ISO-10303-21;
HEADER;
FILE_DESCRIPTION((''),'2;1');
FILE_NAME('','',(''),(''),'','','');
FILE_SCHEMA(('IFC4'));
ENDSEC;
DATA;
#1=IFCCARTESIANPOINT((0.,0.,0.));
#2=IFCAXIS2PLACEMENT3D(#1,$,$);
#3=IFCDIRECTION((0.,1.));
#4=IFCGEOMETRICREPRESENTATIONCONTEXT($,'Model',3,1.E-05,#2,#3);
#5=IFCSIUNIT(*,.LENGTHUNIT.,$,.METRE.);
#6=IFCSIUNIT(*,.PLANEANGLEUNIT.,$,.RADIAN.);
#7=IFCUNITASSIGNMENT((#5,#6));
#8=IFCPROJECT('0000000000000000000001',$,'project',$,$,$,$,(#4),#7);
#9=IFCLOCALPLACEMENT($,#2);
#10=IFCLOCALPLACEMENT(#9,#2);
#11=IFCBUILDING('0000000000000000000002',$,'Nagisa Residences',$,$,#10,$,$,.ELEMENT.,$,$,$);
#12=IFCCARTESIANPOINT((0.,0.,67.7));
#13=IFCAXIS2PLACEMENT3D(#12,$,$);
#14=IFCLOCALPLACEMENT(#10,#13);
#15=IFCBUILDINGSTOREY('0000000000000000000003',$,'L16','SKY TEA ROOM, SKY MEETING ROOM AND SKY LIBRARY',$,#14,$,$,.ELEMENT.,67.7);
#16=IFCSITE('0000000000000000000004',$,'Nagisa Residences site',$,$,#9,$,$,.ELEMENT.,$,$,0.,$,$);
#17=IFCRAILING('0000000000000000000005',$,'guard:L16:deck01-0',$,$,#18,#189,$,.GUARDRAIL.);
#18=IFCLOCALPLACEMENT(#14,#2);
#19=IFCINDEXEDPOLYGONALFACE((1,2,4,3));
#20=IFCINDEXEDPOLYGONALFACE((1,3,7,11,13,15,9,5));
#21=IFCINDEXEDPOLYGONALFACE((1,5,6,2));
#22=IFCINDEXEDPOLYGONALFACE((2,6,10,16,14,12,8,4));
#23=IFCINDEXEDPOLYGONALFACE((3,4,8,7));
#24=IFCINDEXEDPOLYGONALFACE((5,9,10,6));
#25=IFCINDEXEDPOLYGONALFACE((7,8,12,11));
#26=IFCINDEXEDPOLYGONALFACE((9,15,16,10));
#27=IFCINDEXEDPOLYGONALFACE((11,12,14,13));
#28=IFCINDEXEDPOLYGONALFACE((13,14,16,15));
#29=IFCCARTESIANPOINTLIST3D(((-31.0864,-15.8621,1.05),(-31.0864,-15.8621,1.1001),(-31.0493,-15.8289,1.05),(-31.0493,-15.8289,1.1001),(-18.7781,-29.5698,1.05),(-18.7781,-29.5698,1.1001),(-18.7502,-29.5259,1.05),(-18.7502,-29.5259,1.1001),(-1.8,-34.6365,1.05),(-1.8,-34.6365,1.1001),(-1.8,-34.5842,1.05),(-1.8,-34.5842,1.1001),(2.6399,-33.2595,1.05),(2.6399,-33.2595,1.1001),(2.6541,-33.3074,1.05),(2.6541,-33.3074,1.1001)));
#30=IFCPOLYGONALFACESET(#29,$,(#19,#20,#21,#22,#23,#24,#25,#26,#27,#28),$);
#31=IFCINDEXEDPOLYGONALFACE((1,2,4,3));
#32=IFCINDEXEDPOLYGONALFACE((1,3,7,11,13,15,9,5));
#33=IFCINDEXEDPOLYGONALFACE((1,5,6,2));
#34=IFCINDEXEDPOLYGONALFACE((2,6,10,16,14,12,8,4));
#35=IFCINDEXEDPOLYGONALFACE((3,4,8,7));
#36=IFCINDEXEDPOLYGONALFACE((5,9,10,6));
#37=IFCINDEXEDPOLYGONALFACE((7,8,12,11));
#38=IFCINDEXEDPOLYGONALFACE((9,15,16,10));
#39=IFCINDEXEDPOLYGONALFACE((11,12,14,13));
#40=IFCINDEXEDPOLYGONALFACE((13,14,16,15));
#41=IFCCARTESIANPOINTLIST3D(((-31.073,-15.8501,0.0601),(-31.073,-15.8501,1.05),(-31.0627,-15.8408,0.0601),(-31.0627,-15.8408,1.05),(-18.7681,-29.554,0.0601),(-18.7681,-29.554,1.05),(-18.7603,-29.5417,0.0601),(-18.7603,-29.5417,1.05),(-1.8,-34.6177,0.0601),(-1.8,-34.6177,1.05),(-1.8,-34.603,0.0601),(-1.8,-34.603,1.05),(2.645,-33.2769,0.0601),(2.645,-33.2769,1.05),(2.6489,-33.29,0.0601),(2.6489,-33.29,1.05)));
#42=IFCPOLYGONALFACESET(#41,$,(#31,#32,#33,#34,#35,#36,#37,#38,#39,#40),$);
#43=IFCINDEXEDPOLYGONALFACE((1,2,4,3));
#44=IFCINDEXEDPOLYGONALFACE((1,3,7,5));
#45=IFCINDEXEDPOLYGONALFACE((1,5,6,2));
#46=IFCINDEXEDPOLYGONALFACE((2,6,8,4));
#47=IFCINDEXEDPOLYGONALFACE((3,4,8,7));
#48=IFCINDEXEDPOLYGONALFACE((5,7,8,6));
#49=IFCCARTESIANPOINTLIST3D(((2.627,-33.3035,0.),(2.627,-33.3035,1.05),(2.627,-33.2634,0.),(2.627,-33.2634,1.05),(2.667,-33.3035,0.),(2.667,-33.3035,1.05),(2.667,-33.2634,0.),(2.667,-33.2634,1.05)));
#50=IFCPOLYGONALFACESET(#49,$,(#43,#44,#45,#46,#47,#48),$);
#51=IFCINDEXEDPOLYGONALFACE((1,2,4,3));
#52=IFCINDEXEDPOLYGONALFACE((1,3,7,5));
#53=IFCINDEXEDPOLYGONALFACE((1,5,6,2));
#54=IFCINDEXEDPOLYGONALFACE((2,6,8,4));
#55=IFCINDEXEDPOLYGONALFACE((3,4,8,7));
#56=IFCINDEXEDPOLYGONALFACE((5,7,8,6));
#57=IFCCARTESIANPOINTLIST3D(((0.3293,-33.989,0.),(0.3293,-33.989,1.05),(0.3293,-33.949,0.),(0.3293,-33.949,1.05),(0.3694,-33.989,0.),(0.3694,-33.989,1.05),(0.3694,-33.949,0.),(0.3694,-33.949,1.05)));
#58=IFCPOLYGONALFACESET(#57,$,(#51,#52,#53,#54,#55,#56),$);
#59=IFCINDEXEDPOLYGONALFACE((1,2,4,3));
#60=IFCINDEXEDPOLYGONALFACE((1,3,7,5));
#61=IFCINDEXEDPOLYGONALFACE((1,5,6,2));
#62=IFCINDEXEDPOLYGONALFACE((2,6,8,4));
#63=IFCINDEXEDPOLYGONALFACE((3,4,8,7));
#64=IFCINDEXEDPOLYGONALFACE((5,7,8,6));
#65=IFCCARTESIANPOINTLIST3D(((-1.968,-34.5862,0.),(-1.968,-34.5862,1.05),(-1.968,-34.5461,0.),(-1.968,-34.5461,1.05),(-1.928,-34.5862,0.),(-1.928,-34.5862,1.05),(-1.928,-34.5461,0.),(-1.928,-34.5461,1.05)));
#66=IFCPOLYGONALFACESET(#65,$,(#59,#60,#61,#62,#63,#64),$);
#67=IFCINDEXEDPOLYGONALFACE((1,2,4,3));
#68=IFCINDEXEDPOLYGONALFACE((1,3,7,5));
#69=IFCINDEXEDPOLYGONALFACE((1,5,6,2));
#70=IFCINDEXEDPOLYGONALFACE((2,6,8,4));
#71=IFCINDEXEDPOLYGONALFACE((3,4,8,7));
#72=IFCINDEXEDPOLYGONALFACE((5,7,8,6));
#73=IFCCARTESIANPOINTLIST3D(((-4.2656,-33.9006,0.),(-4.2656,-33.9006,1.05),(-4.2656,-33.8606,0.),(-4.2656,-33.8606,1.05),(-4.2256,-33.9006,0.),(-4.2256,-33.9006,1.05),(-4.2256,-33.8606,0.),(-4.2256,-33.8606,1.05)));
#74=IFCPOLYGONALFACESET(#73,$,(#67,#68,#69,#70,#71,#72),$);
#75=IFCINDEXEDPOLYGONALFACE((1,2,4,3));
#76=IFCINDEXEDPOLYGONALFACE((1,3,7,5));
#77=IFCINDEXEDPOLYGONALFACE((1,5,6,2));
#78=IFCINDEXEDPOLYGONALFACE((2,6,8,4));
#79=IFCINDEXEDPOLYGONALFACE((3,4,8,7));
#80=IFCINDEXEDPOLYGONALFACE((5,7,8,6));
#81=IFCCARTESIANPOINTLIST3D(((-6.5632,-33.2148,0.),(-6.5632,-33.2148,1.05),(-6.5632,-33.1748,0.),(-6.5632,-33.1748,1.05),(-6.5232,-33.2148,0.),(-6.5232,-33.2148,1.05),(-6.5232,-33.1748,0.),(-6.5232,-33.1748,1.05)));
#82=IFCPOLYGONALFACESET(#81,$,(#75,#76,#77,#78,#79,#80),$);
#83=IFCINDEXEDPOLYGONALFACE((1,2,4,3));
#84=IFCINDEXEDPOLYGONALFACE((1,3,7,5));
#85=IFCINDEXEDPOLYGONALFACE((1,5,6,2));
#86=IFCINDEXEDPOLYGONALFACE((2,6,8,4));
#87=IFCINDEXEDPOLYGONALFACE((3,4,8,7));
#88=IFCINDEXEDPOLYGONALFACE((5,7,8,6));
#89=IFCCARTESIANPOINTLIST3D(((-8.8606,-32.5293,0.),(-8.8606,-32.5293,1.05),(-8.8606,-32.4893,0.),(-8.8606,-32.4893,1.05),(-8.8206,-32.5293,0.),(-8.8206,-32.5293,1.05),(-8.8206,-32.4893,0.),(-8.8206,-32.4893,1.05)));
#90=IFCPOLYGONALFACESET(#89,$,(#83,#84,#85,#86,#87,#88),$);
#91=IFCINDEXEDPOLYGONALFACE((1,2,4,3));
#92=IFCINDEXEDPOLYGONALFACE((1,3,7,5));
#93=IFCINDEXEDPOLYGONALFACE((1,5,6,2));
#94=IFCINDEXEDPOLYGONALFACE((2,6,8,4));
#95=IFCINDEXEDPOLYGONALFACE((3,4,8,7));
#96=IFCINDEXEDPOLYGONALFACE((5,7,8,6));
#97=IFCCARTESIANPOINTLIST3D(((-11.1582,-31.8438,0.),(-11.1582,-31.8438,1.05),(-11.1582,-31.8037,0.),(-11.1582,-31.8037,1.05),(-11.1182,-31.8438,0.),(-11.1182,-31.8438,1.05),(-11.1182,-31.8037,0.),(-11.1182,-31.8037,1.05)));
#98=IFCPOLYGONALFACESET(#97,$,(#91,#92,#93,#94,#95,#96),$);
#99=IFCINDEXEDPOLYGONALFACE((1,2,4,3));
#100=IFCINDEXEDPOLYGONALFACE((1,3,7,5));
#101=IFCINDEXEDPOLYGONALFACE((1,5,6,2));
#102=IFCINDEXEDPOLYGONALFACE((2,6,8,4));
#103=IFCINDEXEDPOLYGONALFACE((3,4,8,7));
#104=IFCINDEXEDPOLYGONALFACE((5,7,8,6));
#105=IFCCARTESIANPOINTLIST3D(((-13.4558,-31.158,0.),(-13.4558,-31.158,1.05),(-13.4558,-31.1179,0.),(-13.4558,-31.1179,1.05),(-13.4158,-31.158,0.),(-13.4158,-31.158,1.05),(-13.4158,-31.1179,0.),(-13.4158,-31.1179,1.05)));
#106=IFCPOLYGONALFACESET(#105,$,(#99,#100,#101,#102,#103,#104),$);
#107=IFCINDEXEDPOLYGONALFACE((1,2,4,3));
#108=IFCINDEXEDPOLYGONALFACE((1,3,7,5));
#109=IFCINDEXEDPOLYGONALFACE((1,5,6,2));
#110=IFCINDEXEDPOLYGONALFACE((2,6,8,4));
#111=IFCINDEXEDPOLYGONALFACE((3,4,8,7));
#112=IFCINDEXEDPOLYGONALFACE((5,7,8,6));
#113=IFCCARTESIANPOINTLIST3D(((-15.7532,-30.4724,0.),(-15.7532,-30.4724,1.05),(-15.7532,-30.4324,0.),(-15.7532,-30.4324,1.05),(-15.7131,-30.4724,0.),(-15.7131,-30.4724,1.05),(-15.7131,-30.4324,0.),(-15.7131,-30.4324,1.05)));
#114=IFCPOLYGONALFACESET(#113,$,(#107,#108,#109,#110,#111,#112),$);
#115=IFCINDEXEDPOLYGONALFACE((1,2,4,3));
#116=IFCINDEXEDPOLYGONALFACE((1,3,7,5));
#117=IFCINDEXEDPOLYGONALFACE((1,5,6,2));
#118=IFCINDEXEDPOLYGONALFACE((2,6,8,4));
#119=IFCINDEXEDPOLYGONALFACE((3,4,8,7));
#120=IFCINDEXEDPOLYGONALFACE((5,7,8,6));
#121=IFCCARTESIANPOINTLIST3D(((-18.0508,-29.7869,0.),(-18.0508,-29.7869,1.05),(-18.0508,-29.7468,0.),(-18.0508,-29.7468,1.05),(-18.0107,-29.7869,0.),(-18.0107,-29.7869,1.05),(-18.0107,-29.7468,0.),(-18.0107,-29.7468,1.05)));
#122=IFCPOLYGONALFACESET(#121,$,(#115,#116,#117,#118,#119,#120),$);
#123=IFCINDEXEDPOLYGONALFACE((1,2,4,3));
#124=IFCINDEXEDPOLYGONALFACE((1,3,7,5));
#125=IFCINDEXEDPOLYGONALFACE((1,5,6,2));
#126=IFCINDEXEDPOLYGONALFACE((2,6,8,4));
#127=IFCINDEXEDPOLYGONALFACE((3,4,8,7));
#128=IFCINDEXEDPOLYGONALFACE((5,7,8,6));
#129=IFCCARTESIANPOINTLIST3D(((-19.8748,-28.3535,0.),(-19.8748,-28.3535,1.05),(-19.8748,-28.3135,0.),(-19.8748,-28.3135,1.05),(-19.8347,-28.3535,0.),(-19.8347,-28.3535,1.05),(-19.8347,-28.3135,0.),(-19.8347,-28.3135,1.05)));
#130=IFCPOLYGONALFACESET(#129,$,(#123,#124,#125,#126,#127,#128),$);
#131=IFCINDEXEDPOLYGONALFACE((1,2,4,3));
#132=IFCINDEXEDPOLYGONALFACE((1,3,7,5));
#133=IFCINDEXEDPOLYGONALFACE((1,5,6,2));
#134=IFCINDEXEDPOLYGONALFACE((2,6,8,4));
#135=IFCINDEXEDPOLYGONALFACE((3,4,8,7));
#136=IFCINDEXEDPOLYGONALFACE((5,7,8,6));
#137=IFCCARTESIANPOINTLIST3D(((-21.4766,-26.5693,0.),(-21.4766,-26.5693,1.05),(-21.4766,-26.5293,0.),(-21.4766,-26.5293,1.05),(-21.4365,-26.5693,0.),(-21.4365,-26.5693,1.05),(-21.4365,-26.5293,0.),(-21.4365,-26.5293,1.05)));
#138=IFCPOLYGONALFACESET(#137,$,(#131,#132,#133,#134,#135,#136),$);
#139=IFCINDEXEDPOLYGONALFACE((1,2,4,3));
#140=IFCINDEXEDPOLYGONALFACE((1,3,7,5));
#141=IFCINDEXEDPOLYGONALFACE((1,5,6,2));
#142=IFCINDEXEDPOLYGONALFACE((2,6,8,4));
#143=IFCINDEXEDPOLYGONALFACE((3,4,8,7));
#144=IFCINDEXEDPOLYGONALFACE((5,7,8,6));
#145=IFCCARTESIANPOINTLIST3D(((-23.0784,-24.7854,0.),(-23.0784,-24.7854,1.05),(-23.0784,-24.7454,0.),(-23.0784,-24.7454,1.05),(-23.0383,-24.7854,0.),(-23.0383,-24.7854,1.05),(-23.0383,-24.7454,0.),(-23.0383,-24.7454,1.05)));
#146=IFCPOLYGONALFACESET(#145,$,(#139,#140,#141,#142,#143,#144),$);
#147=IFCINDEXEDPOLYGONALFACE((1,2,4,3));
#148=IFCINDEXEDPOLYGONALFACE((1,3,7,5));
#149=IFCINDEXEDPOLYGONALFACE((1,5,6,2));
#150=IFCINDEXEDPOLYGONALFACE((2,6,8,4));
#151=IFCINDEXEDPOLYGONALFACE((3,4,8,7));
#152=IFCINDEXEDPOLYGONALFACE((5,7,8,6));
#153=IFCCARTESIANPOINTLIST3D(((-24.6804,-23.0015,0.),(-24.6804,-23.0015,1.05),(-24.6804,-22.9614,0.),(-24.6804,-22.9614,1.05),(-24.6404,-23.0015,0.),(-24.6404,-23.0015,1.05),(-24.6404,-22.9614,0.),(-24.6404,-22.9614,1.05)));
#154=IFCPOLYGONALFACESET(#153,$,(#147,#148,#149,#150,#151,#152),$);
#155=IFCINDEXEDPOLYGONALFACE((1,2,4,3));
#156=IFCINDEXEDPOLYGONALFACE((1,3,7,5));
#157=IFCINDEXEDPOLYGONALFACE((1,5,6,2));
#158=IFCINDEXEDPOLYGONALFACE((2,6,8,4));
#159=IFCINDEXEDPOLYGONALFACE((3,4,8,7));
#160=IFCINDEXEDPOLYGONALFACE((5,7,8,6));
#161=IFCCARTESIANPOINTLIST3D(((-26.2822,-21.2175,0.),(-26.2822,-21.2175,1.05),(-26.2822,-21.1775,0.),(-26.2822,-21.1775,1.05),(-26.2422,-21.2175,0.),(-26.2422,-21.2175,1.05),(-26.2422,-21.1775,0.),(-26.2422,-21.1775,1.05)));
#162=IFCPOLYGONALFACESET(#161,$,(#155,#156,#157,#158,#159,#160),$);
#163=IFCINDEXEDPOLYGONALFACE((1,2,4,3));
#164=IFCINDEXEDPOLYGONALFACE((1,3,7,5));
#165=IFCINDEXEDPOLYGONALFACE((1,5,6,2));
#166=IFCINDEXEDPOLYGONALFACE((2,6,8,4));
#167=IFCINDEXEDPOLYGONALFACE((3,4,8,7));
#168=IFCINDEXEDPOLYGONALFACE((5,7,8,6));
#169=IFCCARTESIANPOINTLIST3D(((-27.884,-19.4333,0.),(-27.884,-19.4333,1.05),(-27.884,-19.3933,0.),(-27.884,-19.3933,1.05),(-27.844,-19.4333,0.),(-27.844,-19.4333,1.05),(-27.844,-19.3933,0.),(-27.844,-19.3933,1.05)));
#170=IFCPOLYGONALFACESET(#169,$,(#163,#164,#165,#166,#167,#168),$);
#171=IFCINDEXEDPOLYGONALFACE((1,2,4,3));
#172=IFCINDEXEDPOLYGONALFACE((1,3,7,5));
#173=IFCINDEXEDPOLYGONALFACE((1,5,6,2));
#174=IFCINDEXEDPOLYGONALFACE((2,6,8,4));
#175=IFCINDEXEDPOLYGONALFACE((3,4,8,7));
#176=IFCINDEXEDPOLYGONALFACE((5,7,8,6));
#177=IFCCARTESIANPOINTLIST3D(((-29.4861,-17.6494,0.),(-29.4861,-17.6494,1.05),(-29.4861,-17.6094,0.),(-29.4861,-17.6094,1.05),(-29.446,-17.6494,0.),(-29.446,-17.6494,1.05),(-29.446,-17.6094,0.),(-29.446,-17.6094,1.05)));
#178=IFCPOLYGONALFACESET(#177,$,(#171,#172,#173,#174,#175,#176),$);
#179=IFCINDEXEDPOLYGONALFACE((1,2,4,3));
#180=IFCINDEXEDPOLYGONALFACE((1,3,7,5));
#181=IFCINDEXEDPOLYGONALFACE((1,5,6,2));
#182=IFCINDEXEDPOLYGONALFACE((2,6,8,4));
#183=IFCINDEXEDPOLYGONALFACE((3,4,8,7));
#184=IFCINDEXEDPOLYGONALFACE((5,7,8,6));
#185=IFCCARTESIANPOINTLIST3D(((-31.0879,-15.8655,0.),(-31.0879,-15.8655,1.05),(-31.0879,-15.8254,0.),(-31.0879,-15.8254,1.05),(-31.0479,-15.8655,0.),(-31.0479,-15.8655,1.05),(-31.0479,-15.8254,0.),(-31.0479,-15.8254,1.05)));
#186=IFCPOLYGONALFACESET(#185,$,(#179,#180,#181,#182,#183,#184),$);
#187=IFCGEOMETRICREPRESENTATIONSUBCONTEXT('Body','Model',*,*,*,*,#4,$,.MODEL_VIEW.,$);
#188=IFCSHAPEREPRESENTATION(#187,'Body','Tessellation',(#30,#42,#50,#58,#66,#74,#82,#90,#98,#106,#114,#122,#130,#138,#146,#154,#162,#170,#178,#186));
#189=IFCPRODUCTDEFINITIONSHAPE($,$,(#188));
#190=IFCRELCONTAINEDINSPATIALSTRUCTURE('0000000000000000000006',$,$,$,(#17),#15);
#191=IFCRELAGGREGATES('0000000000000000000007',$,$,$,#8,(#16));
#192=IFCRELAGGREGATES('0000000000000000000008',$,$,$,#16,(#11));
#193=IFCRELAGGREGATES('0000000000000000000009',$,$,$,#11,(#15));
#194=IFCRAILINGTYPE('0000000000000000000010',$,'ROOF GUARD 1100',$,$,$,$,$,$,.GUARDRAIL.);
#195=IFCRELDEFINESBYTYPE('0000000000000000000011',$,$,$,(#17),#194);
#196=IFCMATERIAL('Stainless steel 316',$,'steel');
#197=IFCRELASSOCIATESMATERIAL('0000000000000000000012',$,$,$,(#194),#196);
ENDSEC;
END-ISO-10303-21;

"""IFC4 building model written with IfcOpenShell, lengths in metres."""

from ifc_helpers import new_model, si_unit, direction, frame, origin, origin_2d, place, context, subcontext, project, spatial, polyline, rectangle, outline, extrude, material, type_object, element, save


model = new_model("IFC4")

# Units and contexts
model_context = context("Model", 3, precision=1e-05, world=origin(), true_north=direction((0.0, 1.0)))
body_context = subcontext(model_context, "Body", "Model", "MODEL_VIEW")
ifc_project = project(units=[si_unit("LENGTHUNIT", "METRE"), si_unit("PLANEANGLEUNIT", "RADIAN")], contexts=[model_context])

# Site, building, storey
site_placement = place(None, origin())
site = spatial("IfcSite", under=ifc_project, at=site_placement, Name="Nagisa Residences site", CompositionType="ELEMENT", RefElevation=0.0)
building_placement = place(site_placement, origin())
building = spatial("IfcBuilding", under=site, at=building_placement, Name="Nagisa Residences", CompositionType="ELEMENT")
storey_placement = place(building_placement, frame((0.0, 0.0, 67.7)))
storey = spatial("IfcBuildingStorey", under=building, at=storey_placement, Name="L16", Description="SKY TEA ROOM, SKY MEETING ROOM AND SKY LIBRARY", CompositionType="ELEMENT", Elevation=67.7)

# Railing
ifc_material_1 = material(Name="Stainless steel 316", Category="steel")
railing_type = type_object("IfcRailingType", Name="ROOF GUARD 1100", PredefinedType="GUARDRAIL", material=ifc_material_1)
railing_placement = place(storey_placement, frame((2.647, -33.2834, 0.0)))
element("IfcRailing", 1, at=railing_placement, inside=storey, type_object=railing_type, Name="guard:L16:deck01-0", PredefinedType="GUARDRAIL", context=body_context, shape_type="SweptSolid", body=[
    extrude(outline(polyline([(-4.447, -1.353), (0.0071, -0.0239), (-0.0071, 0.0239), (-4.447, -1.3008), (-21.3972, 3.7576), (-33.6963, 17.4546), (-33.7334, 17.4214), (-21.425, 3.7136), (-4.447, -1.353)])), frame((0.0, 0.0, 1.05)), (0.0, 0.0, 1.0), 0.05),
    extrude(outline(polyline([(-4.447, -1.3342), (0.002, -0.0066), (-0.002, 0.0066), (-4.447, -1.3196), (-21.4072, 3.7417), (-33.7097, 17.4426), (-33.72, 17.4333), (-21.415, 3.7295), (-4.447, -1.3342)])), frame((0.0, 0.0, 0.0601)), (0.0, 0.0, 1.0), 0.99),
    extrude(rectangle(XDim=0.04, YDim=0.04, at=origin_2d()), origin(), (0.0, 0.0, 1.0), 1.05),
    extrude(rectangle(XDim=0.04, YDim=0.04, at=origin_2d()), frame((-2.2976, -0.6855, 0.0)), (0.0, 0.0, 1.0), 1.05),
    extrude(rectangle(XDim=0.04, YDim=0.04, at=origin_2d()), frame((-4.595, -1.2827, 0.0)), (0.0, 0.0, 1.0), 1.05),
    extrude(rectangle(XDim=0.04, YDim=0.04, at=origin_2d()), frame((-6.8926, -0.5972, 0.0)), (0.0, 0.0, 1.0), 1.05),
    extrude(rectangle(XDim=0.04, YDim=0.04, at=origin_2d()), frame((-9.1902, 0.0886, 0.0)), (0.0, 0.0, 1.0), 1.05),
    extrude(rectangle(XDim=0.04, YDim=0.04, at=origin_2d()), frame((-11.4875, 0.7742, 0.0)), (0.0, 0.0, 1.0), 1.05),
    extrude(rectangle(XDim=0.04, YDim=0.04, at=origin_2d()), frame((-13.7852, 1.4597, 0.0)), (0.0, 0.0, 1.0), 1.05),
    extrude(rectangle(XDim=0.04, YDim=0.04, at=origin_2d()), frame((-16.0828, 2.1455, 0.0)), (0.0, 0.0, 1.0), 1.05),
    extrude(rectangle(XDim=0.04, YDim=0.04, at=origin_2d()), frame((-18.3801, 2.8311, 0.0)), (0.0, 0.0, 1.0), 1.05),
    extrude(rectangle(XDim=0.04, YDim=0.04, at=origin_2d()), frame((-20.6777, 3.5166, 0.0)), (0.0, 0.0, 1.0), 1.05),
    extrude(rectangle(XDim=0.04, YDim=0.04, at=origin_2d()), frame((-22.5017, 4.95, 0.0)), (0.0, 0.0, 1.0), 1.05),
    extrude(rectangle(XDim=0.04, YDim=0.04, at=origin_2d()), frame((-24.1035, 6.7341, 0.0)), (0.0, 0.0, 1.0), 1.05),
    extrude(rectangle(XDim=0.04, YDim=0.04, at=origin_2d()), frame((-25.7053, 8.5181, 0.0)), (0.0, 0.0, 1.0), 1.05),
    extrude(rectangle(XDim=0.04, YDim=0.04, at=origin_2d()), frame((-27.3074, 10.302, 0.0)), (0.0, 0.0, 1.0), 1.05),
    extrude(rectangle(XDim=0.04, YDim=0.04, at=origin_2d()), frame((-28.9092, 12.0859, 0.0)), (0.0, 0.0, 1.0), 1.05),
    extrude(rectangle(XDim=0.04, YDim=0.04, at=origin_2d()), frame((-30.511, 13.8701, 0.0)), (0.0, 0.0, 1.0), 1.05),
    extrude(rectangle(XDim=0.04, YDim=0.04, at=origin_2d()), frame((-32.113, 15.6541, 0.0)), (0.0, 0.0, 1.0), 1.05),
    extrude(rectangle(XDim=0.04, YDim=0.04, at=origin_2d()), frame((-33.7148, 17.438, 0.0)), (0.0, 0.0, 1.0), 1.05),
])

save(model, "model.ifc")
